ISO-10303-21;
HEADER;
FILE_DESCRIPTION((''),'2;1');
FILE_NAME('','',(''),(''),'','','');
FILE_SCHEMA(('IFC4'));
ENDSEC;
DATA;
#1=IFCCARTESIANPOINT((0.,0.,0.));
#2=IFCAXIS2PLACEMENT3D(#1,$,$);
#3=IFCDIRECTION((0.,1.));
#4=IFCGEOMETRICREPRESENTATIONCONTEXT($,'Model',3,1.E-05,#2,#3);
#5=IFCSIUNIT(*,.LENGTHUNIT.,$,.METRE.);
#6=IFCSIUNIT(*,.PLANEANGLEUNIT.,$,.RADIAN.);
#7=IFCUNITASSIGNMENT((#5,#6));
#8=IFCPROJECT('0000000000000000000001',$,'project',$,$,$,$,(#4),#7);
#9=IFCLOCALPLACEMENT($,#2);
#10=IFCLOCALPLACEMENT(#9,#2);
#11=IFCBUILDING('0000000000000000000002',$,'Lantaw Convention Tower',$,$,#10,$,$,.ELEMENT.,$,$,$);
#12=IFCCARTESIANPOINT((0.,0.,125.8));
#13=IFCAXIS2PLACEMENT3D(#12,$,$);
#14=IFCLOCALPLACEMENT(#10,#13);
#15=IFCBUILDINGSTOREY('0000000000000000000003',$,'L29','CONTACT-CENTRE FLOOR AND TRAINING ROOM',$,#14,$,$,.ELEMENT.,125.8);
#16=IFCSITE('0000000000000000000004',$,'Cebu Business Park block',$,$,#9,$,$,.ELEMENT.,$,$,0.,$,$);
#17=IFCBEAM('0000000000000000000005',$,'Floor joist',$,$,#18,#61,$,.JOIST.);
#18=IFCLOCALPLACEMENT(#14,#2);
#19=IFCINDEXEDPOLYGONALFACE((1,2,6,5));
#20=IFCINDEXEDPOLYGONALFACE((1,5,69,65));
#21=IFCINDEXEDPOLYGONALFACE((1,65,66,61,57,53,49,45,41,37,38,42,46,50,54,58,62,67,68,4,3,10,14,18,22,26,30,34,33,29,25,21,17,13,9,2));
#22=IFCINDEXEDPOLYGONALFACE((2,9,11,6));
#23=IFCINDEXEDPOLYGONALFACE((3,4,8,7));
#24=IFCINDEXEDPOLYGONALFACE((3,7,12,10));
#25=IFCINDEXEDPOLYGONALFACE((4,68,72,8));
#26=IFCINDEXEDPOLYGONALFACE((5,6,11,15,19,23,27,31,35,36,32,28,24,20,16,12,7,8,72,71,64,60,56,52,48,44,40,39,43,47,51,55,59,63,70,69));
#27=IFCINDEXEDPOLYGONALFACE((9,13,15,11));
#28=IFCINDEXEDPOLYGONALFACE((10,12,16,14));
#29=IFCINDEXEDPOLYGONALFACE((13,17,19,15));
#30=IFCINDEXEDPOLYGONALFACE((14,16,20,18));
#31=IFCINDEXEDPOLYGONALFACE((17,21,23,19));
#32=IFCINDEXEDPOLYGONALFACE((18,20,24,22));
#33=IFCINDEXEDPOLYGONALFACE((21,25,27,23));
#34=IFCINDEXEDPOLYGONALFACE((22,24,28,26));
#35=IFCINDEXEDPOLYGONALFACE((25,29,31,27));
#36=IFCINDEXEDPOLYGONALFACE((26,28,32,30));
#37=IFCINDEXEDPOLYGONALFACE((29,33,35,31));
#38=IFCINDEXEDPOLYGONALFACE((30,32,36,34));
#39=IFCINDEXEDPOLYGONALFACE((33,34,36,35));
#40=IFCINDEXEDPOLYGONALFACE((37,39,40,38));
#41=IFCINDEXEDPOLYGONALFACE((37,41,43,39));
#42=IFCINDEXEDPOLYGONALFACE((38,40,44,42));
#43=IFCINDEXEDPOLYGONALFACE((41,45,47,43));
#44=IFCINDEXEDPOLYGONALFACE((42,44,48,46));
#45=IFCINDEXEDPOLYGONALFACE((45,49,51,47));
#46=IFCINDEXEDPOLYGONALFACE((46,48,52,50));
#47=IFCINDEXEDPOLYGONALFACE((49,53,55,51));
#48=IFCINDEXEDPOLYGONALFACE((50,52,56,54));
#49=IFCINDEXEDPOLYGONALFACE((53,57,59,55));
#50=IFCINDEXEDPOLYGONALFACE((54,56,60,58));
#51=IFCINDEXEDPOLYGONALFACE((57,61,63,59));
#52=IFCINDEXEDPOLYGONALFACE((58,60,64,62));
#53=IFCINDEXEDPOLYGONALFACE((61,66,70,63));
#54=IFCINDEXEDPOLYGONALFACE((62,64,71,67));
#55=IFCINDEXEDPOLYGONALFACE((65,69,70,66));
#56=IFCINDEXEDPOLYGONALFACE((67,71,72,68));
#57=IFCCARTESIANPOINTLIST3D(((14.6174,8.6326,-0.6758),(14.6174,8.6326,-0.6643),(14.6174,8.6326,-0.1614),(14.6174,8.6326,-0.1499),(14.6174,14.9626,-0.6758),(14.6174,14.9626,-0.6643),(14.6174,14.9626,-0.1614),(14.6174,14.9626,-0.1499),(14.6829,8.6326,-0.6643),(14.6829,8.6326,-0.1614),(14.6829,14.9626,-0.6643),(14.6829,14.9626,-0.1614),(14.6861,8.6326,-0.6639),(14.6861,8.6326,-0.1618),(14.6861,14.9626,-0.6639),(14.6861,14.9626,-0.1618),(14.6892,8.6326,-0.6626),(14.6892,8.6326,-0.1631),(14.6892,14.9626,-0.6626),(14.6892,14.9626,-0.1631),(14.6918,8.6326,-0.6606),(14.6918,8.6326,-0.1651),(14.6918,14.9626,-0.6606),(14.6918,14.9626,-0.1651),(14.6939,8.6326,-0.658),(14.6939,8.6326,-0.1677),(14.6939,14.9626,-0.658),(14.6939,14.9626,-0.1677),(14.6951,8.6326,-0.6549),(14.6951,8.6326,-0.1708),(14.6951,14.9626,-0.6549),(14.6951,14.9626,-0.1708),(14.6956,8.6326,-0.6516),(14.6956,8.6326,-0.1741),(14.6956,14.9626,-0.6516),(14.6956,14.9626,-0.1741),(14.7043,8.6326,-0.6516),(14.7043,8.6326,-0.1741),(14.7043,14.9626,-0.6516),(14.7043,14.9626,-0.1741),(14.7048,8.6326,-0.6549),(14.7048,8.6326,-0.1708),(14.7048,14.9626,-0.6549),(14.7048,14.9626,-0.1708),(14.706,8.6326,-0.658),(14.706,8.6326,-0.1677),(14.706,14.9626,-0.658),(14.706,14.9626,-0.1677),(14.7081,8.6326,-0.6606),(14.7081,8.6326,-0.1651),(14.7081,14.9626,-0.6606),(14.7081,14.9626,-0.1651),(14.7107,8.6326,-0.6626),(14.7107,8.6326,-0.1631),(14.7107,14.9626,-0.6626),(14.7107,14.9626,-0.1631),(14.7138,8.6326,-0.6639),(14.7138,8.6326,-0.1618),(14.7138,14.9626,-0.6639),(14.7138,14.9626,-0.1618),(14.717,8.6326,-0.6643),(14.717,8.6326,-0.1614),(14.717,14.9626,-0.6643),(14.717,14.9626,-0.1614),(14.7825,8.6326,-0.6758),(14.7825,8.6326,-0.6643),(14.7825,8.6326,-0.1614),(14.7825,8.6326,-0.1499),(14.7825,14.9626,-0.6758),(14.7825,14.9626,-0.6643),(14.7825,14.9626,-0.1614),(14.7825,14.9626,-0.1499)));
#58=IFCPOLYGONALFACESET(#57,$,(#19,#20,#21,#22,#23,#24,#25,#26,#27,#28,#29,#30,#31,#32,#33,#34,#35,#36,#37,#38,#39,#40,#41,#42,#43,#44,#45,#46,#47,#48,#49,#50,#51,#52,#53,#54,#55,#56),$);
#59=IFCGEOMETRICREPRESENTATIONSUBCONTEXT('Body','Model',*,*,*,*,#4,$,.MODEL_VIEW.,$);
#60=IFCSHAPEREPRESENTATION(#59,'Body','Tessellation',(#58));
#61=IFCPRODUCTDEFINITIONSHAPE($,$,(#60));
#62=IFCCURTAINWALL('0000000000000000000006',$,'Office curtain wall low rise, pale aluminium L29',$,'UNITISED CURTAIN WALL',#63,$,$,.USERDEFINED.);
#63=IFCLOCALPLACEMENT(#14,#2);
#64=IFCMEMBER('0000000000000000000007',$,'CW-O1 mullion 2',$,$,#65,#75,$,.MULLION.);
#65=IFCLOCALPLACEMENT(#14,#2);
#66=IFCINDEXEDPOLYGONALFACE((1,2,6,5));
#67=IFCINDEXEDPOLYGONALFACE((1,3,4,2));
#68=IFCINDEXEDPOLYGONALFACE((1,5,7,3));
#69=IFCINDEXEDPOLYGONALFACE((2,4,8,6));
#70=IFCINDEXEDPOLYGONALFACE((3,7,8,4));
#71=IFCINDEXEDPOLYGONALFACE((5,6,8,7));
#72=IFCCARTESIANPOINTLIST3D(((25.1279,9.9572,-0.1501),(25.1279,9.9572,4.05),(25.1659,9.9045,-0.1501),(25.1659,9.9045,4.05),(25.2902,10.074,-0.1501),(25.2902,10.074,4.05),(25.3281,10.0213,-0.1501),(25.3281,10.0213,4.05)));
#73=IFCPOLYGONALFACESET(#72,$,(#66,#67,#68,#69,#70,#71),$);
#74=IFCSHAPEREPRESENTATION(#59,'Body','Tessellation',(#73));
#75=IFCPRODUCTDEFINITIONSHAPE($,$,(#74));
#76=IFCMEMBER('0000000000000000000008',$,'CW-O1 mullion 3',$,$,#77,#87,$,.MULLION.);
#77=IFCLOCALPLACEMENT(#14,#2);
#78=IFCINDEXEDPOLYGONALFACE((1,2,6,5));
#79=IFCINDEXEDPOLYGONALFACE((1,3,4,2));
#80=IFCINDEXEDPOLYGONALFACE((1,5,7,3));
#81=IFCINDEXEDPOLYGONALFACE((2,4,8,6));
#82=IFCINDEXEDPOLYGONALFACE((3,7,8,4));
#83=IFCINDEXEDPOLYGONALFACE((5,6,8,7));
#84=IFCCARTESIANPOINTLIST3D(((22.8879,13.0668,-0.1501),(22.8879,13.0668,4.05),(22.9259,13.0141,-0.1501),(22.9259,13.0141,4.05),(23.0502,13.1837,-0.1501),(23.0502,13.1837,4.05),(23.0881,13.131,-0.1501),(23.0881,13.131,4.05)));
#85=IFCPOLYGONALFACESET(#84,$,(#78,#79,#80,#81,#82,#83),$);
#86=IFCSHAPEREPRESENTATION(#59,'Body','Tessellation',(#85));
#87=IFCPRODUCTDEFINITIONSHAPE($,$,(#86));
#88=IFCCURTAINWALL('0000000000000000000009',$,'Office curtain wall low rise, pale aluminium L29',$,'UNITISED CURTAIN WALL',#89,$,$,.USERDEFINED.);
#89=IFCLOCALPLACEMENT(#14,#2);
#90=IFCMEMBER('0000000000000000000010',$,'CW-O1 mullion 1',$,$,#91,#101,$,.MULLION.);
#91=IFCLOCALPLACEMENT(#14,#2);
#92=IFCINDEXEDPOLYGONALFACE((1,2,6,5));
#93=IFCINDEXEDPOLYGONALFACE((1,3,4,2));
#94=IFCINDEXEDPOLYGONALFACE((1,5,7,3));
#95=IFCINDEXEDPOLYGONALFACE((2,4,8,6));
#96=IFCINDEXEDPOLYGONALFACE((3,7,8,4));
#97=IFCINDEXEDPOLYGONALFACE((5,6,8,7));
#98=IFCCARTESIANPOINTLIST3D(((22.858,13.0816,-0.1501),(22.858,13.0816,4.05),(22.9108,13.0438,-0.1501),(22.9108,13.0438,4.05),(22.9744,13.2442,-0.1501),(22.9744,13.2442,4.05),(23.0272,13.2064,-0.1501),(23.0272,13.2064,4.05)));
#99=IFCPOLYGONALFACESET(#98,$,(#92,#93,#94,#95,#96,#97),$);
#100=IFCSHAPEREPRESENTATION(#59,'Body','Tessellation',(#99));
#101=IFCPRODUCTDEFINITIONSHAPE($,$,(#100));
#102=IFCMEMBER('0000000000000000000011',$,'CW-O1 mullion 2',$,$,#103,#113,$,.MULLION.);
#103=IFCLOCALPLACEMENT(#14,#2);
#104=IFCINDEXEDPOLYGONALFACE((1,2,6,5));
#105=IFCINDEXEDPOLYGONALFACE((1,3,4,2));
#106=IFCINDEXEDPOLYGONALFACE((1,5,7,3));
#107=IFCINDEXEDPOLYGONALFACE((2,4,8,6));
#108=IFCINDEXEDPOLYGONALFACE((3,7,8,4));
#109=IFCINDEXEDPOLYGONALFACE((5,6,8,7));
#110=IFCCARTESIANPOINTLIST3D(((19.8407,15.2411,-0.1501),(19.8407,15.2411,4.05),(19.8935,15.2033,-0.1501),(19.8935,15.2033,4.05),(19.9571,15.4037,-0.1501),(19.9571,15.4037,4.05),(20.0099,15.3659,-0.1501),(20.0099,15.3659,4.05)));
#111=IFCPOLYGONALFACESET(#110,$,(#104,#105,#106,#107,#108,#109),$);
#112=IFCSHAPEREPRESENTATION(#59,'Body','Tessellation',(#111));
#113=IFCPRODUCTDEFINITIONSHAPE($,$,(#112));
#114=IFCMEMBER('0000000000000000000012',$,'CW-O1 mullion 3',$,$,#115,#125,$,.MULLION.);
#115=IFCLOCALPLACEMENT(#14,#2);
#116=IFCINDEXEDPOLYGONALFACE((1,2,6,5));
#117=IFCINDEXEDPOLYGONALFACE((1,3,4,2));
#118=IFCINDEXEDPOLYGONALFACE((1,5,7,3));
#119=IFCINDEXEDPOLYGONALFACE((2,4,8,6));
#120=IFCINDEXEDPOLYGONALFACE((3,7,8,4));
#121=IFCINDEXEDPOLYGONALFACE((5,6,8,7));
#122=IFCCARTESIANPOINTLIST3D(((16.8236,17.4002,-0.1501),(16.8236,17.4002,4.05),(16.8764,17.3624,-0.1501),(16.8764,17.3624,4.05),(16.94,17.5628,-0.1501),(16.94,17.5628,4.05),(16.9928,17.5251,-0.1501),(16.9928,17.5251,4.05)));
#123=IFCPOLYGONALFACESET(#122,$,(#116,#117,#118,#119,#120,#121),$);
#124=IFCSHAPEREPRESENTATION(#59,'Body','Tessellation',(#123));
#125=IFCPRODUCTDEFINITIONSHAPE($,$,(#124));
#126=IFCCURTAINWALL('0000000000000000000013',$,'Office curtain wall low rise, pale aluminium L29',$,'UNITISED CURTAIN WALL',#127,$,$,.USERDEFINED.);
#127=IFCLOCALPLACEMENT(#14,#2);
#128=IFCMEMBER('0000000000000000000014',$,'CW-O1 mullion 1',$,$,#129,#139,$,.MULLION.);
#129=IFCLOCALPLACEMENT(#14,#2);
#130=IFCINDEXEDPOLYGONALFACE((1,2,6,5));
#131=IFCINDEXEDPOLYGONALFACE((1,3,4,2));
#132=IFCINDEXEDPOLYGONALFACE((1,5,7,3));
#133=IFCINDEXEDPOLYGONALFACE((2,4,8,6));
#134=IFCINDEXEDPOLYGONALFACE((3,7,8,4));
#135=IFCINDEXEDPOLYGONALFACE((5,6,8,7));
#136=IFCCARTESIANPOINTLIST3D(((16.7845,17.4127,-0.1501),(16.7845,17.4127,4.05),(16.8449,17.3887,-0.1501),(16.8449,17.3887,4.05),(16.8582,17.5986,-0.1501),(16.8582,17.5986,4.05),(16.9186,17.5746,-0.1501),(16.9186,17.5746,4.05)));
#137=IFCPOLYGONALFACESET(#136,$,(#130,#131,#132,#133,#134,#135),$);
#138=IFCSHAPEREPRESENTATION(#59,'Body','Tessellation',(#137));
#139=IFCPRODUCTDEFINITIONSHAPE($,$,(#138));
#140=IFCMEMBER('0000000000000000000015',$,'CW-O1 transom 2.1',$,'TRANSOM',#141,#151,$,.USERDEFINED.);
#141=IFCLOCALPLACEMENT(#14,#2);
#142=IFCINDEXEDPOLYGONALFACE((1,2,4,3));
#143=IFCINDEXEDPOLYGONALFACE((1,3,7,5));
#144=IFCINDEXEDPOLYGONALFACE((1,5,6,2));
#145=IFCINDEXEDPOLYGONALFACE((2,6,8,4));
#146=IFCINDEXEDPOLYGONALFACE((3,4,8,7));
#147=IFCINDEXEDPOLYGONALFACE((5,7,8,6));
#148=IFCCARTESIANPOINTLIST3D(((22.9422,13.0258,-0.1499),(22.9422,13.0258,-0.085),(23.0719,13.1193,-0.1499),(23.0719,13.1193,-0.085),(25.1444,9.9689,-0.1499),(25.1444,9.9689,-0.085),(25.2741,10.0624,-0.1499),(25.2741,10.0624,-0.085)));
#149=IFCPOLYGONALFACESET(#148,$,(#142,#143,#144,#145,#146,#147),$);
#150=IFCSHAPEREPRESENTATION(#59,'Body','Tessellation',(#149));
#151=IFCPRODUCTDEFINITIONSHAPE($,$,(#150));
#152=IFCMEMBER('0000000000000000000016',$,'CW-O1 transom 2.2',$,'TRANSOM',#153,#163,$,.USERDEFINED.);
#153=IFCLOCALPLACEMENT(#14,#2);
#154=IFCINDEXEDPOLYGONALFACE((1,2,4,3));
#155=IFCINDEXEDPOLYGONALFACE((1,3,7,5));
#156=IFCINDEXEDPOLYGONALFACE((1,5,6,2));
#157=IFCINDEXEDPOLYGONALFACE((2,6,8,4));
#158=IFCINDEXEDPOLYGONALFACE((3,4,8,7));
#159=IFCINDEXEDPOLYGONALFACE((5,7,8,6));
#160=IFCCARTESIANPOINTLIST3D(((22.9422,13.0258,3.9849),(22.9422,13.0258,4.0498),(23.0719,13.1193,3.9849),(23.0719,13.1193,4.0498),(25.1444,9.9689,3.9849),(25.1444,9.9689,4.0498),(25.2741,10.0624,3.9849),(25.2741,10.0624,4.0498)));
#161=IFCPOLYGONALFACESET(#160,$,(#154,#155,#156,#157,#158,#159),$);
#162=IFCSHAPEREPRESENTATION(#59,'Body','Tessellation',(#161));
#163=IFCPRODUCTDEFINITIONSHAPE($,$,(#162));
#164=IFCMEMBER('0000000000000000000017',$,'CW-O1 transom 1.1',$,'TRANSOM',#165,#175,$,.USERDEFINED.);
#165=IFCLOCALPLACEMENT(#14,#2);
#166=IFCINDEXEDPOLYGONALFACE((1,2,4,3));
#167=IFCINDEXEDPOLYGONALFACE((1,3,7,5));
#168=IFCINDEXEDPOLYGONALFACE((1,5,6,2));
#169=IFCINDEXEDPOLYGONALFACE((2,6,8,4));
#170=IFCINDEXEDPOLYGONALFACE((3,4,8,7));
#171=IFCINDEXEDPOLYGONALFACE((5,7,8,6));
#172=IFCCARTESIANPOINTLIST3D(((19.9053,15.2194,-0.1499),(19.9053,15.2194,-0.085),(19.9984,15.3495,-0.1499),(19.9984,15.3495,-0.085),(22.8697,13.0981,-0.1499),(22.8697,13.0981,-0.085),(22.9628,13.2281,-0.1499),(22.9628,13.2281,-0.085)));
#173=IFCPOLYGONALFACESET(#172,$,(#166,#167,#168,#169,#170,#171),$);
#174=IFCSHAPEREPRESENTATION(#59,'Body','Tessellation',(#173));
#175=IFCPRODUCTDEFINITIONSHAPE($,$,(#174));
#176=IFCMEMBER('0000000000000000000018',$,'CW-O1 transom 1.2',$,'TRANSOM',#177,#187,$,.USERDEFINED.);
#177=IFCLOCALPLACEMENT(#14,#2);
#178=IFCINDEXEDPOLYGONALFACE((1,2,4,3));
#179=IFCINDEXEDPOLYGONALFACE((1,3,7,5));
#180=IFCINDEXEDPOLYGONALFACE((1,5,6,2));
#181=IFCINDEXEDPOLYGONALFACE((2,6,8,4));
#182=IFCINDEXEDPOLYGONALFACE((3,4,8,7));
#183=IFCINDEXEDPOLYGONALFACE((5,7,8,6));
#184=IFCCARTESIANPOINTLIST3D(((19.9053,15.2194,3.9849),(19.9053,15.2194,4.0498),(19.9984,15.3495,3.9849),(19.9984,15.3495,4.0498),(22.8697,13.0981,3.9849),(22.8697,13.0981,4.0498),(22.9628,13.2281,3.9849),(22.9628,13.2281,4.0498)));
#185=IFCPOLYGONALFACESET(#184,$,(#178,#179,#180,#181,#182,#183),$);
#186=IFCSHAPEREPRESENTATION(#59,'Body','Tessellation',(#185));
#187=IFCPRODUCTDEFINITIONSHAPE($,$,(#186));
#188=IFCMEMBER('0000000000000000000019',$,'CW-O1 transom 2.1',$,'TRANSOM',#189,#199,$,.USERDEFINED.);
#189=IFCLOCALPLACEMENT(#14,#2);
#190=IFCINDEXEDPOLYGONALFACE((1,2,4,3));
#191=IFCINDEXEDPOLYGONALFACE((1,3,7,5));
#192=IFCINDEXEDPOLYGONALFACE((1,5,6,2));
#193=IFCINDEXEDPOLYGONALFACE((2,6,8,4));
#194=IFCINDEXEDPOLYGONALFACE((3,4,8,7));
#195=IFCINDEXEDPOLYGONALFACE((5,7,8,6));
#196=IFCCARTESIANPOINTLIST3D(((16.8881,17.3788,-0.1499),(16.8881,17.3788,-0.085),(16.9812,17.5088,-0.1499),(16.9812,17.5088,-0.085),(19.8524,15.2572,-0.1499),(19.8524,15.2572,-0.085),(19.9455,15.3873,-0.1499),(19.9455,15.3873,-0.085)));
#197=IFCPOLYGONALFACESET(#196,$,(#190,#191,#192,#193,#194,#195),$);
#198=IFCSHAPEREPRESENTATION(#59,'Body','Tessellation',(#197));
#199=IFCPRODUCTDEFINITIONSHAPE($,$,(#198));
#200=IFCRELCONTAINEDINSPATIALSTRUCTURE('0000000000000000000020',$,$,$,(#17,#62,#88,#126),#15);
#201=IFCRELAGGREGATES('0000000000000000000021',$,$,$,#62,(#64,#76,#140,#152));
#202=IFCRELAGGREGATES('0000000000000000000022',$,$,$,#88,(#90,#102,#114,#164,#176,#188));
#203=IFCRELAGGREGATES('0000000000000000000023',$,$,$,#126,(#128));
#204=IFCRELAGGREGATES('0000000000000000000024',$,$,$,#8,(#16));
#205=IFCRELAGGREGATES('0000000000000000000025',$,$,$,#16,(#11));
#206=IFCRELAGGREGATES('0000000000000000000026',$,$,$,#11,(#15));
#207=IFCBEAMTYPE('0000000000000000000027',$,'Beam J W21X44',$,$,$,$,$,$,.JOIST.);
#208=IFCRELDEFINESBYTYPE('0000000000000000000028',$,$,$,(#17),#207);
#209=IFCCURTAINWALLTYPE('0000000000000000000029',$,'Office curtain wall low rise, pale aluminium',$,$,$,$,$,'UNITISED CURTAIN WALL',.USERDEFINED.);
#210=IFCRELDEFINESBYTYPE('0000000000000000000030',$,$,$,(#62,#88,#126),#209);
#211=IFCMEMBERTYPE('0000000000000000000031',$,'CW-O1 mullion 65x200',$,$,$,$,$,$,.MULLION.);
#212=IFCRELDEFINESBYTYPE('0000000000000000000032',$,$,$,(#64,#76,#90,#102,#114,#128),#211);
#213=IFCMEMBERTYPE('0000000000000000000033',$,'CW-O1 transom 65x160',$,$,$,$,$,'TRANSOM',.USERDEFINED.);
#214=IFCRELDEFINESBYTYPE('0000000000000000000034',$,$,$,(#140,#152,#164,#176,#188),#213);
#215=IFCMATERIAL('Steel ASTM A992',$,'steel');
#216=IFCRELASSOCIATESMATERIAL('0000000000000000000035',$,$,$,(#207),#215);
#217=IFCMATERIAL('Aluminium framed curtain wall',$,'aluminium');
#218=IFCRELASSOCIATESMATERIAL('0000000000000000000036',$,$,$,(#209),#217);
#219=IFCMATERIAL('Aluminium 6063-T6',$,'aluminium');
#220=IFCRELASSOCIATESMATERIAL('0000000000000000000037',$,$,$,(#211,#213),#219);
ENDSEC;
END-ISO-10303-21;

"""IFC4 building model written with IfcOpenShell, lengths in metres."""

from ifc_helpers import new_model, si_unit, direction, frame, origin, origin_2d, place, context, subcontext, project, spatial, rectangle, i_section, extrude, material, material_profile, profile_set, type_object, element, aggregate, save


model = new_model("IFC4")

# Units and contexts
model_context = context("Model", 3, precision=1e-05, world=origin(), true_north=direction((0.0, 1.0)))
body_context = subcontext(model_context, "Body", "Model", "MODEL_VIEW")
ifc_project = project(units=[si_unit("LENGTHUNIT", "METRE"), si_unit("PLANEANGLEUNIT", "RADIAN")], contexts=[model_context])

# Site, building, storey
site_placement = place(None, origin())
site = spatial("IfcSite", under=ifc_project, at=site_placement, Name="Cebu Business Park block", CompositionType="ELEMENT", RefElevation=0.0)
building_placement = place(site_placement, origin())
building = spatial("IfcBuilding", under=site, at=building_placement, Name="Lantaw Convention Tower", CompositionType="ELEMENT")
storey_placement = place(building_placement, frame((0.0, 0.0, 125.8)))
storey = spatial("IfcBuildingStorey", under=building, at=storey_placement, Name="L29", Description="CONTACT-CENTRE FLOOR AND TRAINING ROOM", CompositionType="ELEMENT", Elevation=125.8)

# Beam
ifc_material_1 = material(Name="Steel ASTM A992", Category="steel")
ifc_material_profile_1 = material_profile(ifc_material_1, i_section(OverallWidth=0.165, OverallDepth=0.5259, WebThickness=0.0088, FlangeThickness=0.0115, FilletRadius=0.0127, at=origin_2d()), Name="W21X44")
ifc_profile_set_1 = profile_set([ifc_material_profile_1], Name="Steel ASTM A992")
beam_type_1 = type_object("IfcBeamType", Name="Beam J W21X44", PredefinedType="JOIST", material=ifc_profile_set_1)
beam_1_placement = place(storey_placement, frame((14.7, 8.6326, -0.4128), z_axis=(0.0, 1.0, 0.0), x_axis=(-1.0, 0.0, 0.0)))
element("IfcBeam", 1, at=beam_1_placement, inside=storey, type_object=beam_type_1, Name="Floor joist", PredefinedType="JOIST", context=body_context, shape_type="SweptSolid", body=[
    extrude(i_section(OverallWidth=0.165, OverallDepth=0.5259, WebThickness=0.0088, FlangeThickness=0.0115, FilletRadius=0.0127, at=origin_2d()), origin(), (0.0, 0.0, 1.0), 6.3301),
])

# Curtain walls, members
ifc_material_2 = material(Name="Aluminium framed curtain wall", Category="aluminium")
curtain_wall_type = type_object("IfcCurtainWallType", Name="Office curtain wall low rise, pale aluminium", ElementType="UNITISED CURTAIN WALL", PredefinedType="USERDEFINED", material=ifc_material_2)
curtain_wall_1_placement = place(storey_placement, origin())
curtain_wall_1 = element("IfcCurtainWall", 2, at=curtain_wall_1_placement, inside=storey, type_object=curtain_wall_type, Name="Office curtain wall low rise, pale aluminium L29", ObjectType="UNITISED CURTAIN WALL", PredefinedType="USERDEFINED")
ifc_material_3 = material(Name="Aluminium 6063-T6", Category="aluminium")
ifc_material_profile_2 = material_profile(ifc_material_3, rectangle(XDim=0.2, YDim=0.0649, at=origin_2d()), Name="CW-O1 mullion 65x200")
ifc_profile_set_2 = profile_set([ifc_material_profile_2], Name="Aluminium 6063-T6")
member_type_1 = type_object("IfcMemberType", Name="CW-O1 mullion 65x200", PredefinedType="MULLION", material=ifc_profile_set_2)
member_1_placement = place(storey_placement, frame((25.228, 9.9893, -0.1501), z_axis=(0.0, 0.0, 1.0), x_axis=(-0.811385, -0.584513, 0.0)))
member_1 = element("IfcMember", 3, at=member_1_placement, type_object=member_type_1, Name="CW-O1 mullion 2", PredefinedType="MULLION", context=body_context, shape_type="SweptSolid", body=[
    extrude(rectangle(XDim=0.2, YDim=0.0649, at=origin_2d()), origin(), (0.0, 0.0, 1.0), 4.2002),
])
member_2_placement = place(storey_placement, frame((22.988, 13.0989, -0.1501), z_axis=(0.0, 0.0, 1.0), x_axis=(-0.811385, -0.584513, 0.0)))
member_2 = element("IfcMember", 4, at=member_2_placement, type_object=member_type_1, Name="CW-O1 mullion 3", PredefinedType="MULLION", context=body_context, shape_type="SweptSolid", body=[
    extrude(rectangle(XDim=0.2, YDim=0.0649, at=origin_2d()), origin(), (0.0, 0.0, 1.0), 4.2002),
])
curtain_wall_2_placement = place(storey_placement, origin())
curtain_wall_2 = element("IfcCurtainWall", 5, at=curtain_wall_2_placement, inside=storey, type_object=curtain_wall_type, Name="Office curtain wall low rise, pale aluminium L29", ObjectType="UNITISED CURTAIN WALL", PredefinedType="USERDEFINED")
member_3_placement = place(storey_placement, frame((22.9426, 13.144, -0.1501), z_axis=(0.0, 0.0, 1.0), x_axis=(-0.581973, -0.813208, 0.0)))
member_3 = element("IfcMember", 6, at=member_3_placement, type_object=member_type_1, Name="CW-O1 mullion 1", PredefinedType="MULLION", context=body_context, shape_type="SweptSolid", body=[
    extrude(rectangle(XDim=0.2, YDim=0.0649, at=origin_2d()), origin(), (0.0, 0.0, 1.0), 4.2002),
])
member_4_placement = place(storey_placement, frame((19.9253, 15.3035, -0.1501), z_axis=(0.0, 0.0, 1.0), x_axis=(-0.581973, -0.813208, 0.0)))
member_4 = element("IfcMember", 7, at=member_4_placement, type_object=member_type_1, Name="CW-O1 mullion 2", PredefinedType="MULLION", context=body_context, shape_type="SweptSolid", body=[
    extrude(rectangle(XDim=0.2, YDim=0.0649, at=origin_2d()), origin(), (0.0, 0.0, 1.0), 4.2002),
])
member_5_placement = place(storey_placement, frame((16.9082, 17.4626, -0.1501), z_axis=(0.0, 0.0, 1.0), x_axis=(-0.581973, -0.813208, 0.0)))
member_5 = element("IfcMember", 8, at=member_5_placement, type_object=member_type_1, Name="CW-O1 mullion 3", PredefinedType="MULLION", context=body_context, shape_type="SweptSolid", body=[
    extrude(rectangle(XDim=0.2, YDim=0.0649, at=origin_2d()), origin(), (0.0, 0.0, 1.0), 4.2002),
])

# Curtain wall, member
curtain_wall_3_placement = place(storey_placement, origin())
curtain_wall_3 = element("IfcCurtainWall", 9, at=curtain_wall_3_placement, inside=storey, type_object=curtain_wall_type, Name="Office curtain wall low rise, pale aluminium L29", ObjectType="UNITISED CURTAIN WALL", PredefinedType="USERDEFINED")
member_6_placement = place(storey_placement, frame((16.8516, 17.4937, -0.1501), z_axis=(0.0, 0.0, 1.0), x_axis=(-0.368702, -0.929548, 0.0)))
member_6 = element("IfcMember", 10, at=member_6_placement, type_object=member_type_1, Name="CW-O1 mullion 1", PredefinedType="MULLION", context=body_context, shape_type="SweptSolid", body=[
    extrude(rectangle(XDim=0.2, YDim=0.0649, at=origin_2d()), origin(), (0.0, 0.0, 1.0), 4.2002),
])

# Members
ifc_material_profile_3 = material_profile(ifc_material_3, rectangle(XDim=0.1599, YDim=0.0649, at=origin_2d()), Name="CW-O1 transom 65x160")
ifc_profile_set_3 = profile_set([ifc_material_profile_3], Name="Aluminium 6063-T6")
member_type_2 = type_object("IfcMemberType", Name="CW-O1 transom 65x160", ElementType="TRANSOM", PredefinedType="USERDEFINED", material=ifc_profile_set_3)
member_7_placement = place(storey_placement, frame((25.2092, 10.0156, -0.1174), z_axis=(-0.584513, 0.811384, 0.0), x_axis=(-0.811384, -0.584513, 0.0)))
member_7 = element("IfcMember", 11, at=member_7_placement, type_object=member_type_2, Name="CW-O1 transom 2.1", ObjectType="TRANSOM", PredefinedType="USERDEFINED", context=body_context, shape_type="SweptSolid", body=[
    extrude(rectangle(XDim=0.1599, YDim=0.0649, at=origin_2d()), origin(), (0.0, 0.0, 1.0), 3.7676),
])
member_8_placement = place(storey_placement, frame((25.2092, 10.0156, 4.0173), z_axis=(-0.584513, 0.811384, 0.0), x_axis=(-0.811384, -0.584513, 0.0)))
member_8 = element("IfcMember", 12, at=member_8_placement, type_object=member_type_2, Name="CW-O1 transom 2.2", ObjectType="TRANSOM", PredefinedType="USERDEFINED", context=body_context, shape_type="SweptSolid", body=[
    extrude(rectangle(XDim=0.1599, YDim=0.0649, at=origin_2d()), origin(), (0.0, 0.0, 1.0), 3.7676),
])
member_9_placement = place(storey_placement, frame((22.9163, 13.1631, -0.1174), z_axis=(-0.813222, 0.581954, 0.0), x_axis=(-0.581954, -0.813222, 0.0)))
member_9 = element("IfcMember", 13, at=member_9_placement, type_object=member_type_2, Name="CW-O1 transom 1.1", ObjectType="TRANSOM", PredefinedType="USERDEFINED", context=body_context, shape_type="SweptSolid", body=[
    extrude(rectangle(XDim=0.1599, YDim=0.0649, at=origin_2d()), origin(), (0.0, 0.0, 1.0), 3.6453),
])
member_10_placement = place(storey_placement, frame((22.9163, 13.1631, 4.0173), z_axis=(-0.813222, 0.581954, 0.0), x_axis=(-0.581954, -0.813222, 0.0)))
member_10 = element("IfcMember", 14, at=member_10_placement, type_object=member_type_2, Name="CW-O1 transom 1.2", ObjectType="TRANSOM", PredefinedType="USERDEFINED", context=body_context, shape_type="SweptSolid", body=[
    extrude(rectangle(XDim=0.1599, YDim=0.0649, at=origin_2d()), origin(), (0.0, 0.0, 1.0), 3.6453),
])
member_11_placement = place(storey_placement, frame((19.8989, 15.3223, -0.1174), z_axis=(-0.81319, 0.581998, 0.0), x_axis=(-0.581998, -0.81319, 0.0)))
member_11 = element("IfcMember", 15, at=member_11_placement, type_object=member_type_2, Name="CW-O1 transom 2.1", ObjectType="TRANSOM", PredefinedType="USERDEFINED", context=body_context, shape_type="SweptSolid", body=[
    extrude(rectangle(XDim=0.1599, YDim=0.0649, at=origin_2d()), origin(), (0.0, 0.0, 1.0), 3.6453),
])

aggregate(curtain_wall_1, [member_1, member_2, member_7, member_8])
aggregate(curtain_wall_2, [member_3, member_4, member_5, member_9, member_10, member_11])
aggregate(curtain_wall_3, [member_6])

save(model, "model.ifc")
